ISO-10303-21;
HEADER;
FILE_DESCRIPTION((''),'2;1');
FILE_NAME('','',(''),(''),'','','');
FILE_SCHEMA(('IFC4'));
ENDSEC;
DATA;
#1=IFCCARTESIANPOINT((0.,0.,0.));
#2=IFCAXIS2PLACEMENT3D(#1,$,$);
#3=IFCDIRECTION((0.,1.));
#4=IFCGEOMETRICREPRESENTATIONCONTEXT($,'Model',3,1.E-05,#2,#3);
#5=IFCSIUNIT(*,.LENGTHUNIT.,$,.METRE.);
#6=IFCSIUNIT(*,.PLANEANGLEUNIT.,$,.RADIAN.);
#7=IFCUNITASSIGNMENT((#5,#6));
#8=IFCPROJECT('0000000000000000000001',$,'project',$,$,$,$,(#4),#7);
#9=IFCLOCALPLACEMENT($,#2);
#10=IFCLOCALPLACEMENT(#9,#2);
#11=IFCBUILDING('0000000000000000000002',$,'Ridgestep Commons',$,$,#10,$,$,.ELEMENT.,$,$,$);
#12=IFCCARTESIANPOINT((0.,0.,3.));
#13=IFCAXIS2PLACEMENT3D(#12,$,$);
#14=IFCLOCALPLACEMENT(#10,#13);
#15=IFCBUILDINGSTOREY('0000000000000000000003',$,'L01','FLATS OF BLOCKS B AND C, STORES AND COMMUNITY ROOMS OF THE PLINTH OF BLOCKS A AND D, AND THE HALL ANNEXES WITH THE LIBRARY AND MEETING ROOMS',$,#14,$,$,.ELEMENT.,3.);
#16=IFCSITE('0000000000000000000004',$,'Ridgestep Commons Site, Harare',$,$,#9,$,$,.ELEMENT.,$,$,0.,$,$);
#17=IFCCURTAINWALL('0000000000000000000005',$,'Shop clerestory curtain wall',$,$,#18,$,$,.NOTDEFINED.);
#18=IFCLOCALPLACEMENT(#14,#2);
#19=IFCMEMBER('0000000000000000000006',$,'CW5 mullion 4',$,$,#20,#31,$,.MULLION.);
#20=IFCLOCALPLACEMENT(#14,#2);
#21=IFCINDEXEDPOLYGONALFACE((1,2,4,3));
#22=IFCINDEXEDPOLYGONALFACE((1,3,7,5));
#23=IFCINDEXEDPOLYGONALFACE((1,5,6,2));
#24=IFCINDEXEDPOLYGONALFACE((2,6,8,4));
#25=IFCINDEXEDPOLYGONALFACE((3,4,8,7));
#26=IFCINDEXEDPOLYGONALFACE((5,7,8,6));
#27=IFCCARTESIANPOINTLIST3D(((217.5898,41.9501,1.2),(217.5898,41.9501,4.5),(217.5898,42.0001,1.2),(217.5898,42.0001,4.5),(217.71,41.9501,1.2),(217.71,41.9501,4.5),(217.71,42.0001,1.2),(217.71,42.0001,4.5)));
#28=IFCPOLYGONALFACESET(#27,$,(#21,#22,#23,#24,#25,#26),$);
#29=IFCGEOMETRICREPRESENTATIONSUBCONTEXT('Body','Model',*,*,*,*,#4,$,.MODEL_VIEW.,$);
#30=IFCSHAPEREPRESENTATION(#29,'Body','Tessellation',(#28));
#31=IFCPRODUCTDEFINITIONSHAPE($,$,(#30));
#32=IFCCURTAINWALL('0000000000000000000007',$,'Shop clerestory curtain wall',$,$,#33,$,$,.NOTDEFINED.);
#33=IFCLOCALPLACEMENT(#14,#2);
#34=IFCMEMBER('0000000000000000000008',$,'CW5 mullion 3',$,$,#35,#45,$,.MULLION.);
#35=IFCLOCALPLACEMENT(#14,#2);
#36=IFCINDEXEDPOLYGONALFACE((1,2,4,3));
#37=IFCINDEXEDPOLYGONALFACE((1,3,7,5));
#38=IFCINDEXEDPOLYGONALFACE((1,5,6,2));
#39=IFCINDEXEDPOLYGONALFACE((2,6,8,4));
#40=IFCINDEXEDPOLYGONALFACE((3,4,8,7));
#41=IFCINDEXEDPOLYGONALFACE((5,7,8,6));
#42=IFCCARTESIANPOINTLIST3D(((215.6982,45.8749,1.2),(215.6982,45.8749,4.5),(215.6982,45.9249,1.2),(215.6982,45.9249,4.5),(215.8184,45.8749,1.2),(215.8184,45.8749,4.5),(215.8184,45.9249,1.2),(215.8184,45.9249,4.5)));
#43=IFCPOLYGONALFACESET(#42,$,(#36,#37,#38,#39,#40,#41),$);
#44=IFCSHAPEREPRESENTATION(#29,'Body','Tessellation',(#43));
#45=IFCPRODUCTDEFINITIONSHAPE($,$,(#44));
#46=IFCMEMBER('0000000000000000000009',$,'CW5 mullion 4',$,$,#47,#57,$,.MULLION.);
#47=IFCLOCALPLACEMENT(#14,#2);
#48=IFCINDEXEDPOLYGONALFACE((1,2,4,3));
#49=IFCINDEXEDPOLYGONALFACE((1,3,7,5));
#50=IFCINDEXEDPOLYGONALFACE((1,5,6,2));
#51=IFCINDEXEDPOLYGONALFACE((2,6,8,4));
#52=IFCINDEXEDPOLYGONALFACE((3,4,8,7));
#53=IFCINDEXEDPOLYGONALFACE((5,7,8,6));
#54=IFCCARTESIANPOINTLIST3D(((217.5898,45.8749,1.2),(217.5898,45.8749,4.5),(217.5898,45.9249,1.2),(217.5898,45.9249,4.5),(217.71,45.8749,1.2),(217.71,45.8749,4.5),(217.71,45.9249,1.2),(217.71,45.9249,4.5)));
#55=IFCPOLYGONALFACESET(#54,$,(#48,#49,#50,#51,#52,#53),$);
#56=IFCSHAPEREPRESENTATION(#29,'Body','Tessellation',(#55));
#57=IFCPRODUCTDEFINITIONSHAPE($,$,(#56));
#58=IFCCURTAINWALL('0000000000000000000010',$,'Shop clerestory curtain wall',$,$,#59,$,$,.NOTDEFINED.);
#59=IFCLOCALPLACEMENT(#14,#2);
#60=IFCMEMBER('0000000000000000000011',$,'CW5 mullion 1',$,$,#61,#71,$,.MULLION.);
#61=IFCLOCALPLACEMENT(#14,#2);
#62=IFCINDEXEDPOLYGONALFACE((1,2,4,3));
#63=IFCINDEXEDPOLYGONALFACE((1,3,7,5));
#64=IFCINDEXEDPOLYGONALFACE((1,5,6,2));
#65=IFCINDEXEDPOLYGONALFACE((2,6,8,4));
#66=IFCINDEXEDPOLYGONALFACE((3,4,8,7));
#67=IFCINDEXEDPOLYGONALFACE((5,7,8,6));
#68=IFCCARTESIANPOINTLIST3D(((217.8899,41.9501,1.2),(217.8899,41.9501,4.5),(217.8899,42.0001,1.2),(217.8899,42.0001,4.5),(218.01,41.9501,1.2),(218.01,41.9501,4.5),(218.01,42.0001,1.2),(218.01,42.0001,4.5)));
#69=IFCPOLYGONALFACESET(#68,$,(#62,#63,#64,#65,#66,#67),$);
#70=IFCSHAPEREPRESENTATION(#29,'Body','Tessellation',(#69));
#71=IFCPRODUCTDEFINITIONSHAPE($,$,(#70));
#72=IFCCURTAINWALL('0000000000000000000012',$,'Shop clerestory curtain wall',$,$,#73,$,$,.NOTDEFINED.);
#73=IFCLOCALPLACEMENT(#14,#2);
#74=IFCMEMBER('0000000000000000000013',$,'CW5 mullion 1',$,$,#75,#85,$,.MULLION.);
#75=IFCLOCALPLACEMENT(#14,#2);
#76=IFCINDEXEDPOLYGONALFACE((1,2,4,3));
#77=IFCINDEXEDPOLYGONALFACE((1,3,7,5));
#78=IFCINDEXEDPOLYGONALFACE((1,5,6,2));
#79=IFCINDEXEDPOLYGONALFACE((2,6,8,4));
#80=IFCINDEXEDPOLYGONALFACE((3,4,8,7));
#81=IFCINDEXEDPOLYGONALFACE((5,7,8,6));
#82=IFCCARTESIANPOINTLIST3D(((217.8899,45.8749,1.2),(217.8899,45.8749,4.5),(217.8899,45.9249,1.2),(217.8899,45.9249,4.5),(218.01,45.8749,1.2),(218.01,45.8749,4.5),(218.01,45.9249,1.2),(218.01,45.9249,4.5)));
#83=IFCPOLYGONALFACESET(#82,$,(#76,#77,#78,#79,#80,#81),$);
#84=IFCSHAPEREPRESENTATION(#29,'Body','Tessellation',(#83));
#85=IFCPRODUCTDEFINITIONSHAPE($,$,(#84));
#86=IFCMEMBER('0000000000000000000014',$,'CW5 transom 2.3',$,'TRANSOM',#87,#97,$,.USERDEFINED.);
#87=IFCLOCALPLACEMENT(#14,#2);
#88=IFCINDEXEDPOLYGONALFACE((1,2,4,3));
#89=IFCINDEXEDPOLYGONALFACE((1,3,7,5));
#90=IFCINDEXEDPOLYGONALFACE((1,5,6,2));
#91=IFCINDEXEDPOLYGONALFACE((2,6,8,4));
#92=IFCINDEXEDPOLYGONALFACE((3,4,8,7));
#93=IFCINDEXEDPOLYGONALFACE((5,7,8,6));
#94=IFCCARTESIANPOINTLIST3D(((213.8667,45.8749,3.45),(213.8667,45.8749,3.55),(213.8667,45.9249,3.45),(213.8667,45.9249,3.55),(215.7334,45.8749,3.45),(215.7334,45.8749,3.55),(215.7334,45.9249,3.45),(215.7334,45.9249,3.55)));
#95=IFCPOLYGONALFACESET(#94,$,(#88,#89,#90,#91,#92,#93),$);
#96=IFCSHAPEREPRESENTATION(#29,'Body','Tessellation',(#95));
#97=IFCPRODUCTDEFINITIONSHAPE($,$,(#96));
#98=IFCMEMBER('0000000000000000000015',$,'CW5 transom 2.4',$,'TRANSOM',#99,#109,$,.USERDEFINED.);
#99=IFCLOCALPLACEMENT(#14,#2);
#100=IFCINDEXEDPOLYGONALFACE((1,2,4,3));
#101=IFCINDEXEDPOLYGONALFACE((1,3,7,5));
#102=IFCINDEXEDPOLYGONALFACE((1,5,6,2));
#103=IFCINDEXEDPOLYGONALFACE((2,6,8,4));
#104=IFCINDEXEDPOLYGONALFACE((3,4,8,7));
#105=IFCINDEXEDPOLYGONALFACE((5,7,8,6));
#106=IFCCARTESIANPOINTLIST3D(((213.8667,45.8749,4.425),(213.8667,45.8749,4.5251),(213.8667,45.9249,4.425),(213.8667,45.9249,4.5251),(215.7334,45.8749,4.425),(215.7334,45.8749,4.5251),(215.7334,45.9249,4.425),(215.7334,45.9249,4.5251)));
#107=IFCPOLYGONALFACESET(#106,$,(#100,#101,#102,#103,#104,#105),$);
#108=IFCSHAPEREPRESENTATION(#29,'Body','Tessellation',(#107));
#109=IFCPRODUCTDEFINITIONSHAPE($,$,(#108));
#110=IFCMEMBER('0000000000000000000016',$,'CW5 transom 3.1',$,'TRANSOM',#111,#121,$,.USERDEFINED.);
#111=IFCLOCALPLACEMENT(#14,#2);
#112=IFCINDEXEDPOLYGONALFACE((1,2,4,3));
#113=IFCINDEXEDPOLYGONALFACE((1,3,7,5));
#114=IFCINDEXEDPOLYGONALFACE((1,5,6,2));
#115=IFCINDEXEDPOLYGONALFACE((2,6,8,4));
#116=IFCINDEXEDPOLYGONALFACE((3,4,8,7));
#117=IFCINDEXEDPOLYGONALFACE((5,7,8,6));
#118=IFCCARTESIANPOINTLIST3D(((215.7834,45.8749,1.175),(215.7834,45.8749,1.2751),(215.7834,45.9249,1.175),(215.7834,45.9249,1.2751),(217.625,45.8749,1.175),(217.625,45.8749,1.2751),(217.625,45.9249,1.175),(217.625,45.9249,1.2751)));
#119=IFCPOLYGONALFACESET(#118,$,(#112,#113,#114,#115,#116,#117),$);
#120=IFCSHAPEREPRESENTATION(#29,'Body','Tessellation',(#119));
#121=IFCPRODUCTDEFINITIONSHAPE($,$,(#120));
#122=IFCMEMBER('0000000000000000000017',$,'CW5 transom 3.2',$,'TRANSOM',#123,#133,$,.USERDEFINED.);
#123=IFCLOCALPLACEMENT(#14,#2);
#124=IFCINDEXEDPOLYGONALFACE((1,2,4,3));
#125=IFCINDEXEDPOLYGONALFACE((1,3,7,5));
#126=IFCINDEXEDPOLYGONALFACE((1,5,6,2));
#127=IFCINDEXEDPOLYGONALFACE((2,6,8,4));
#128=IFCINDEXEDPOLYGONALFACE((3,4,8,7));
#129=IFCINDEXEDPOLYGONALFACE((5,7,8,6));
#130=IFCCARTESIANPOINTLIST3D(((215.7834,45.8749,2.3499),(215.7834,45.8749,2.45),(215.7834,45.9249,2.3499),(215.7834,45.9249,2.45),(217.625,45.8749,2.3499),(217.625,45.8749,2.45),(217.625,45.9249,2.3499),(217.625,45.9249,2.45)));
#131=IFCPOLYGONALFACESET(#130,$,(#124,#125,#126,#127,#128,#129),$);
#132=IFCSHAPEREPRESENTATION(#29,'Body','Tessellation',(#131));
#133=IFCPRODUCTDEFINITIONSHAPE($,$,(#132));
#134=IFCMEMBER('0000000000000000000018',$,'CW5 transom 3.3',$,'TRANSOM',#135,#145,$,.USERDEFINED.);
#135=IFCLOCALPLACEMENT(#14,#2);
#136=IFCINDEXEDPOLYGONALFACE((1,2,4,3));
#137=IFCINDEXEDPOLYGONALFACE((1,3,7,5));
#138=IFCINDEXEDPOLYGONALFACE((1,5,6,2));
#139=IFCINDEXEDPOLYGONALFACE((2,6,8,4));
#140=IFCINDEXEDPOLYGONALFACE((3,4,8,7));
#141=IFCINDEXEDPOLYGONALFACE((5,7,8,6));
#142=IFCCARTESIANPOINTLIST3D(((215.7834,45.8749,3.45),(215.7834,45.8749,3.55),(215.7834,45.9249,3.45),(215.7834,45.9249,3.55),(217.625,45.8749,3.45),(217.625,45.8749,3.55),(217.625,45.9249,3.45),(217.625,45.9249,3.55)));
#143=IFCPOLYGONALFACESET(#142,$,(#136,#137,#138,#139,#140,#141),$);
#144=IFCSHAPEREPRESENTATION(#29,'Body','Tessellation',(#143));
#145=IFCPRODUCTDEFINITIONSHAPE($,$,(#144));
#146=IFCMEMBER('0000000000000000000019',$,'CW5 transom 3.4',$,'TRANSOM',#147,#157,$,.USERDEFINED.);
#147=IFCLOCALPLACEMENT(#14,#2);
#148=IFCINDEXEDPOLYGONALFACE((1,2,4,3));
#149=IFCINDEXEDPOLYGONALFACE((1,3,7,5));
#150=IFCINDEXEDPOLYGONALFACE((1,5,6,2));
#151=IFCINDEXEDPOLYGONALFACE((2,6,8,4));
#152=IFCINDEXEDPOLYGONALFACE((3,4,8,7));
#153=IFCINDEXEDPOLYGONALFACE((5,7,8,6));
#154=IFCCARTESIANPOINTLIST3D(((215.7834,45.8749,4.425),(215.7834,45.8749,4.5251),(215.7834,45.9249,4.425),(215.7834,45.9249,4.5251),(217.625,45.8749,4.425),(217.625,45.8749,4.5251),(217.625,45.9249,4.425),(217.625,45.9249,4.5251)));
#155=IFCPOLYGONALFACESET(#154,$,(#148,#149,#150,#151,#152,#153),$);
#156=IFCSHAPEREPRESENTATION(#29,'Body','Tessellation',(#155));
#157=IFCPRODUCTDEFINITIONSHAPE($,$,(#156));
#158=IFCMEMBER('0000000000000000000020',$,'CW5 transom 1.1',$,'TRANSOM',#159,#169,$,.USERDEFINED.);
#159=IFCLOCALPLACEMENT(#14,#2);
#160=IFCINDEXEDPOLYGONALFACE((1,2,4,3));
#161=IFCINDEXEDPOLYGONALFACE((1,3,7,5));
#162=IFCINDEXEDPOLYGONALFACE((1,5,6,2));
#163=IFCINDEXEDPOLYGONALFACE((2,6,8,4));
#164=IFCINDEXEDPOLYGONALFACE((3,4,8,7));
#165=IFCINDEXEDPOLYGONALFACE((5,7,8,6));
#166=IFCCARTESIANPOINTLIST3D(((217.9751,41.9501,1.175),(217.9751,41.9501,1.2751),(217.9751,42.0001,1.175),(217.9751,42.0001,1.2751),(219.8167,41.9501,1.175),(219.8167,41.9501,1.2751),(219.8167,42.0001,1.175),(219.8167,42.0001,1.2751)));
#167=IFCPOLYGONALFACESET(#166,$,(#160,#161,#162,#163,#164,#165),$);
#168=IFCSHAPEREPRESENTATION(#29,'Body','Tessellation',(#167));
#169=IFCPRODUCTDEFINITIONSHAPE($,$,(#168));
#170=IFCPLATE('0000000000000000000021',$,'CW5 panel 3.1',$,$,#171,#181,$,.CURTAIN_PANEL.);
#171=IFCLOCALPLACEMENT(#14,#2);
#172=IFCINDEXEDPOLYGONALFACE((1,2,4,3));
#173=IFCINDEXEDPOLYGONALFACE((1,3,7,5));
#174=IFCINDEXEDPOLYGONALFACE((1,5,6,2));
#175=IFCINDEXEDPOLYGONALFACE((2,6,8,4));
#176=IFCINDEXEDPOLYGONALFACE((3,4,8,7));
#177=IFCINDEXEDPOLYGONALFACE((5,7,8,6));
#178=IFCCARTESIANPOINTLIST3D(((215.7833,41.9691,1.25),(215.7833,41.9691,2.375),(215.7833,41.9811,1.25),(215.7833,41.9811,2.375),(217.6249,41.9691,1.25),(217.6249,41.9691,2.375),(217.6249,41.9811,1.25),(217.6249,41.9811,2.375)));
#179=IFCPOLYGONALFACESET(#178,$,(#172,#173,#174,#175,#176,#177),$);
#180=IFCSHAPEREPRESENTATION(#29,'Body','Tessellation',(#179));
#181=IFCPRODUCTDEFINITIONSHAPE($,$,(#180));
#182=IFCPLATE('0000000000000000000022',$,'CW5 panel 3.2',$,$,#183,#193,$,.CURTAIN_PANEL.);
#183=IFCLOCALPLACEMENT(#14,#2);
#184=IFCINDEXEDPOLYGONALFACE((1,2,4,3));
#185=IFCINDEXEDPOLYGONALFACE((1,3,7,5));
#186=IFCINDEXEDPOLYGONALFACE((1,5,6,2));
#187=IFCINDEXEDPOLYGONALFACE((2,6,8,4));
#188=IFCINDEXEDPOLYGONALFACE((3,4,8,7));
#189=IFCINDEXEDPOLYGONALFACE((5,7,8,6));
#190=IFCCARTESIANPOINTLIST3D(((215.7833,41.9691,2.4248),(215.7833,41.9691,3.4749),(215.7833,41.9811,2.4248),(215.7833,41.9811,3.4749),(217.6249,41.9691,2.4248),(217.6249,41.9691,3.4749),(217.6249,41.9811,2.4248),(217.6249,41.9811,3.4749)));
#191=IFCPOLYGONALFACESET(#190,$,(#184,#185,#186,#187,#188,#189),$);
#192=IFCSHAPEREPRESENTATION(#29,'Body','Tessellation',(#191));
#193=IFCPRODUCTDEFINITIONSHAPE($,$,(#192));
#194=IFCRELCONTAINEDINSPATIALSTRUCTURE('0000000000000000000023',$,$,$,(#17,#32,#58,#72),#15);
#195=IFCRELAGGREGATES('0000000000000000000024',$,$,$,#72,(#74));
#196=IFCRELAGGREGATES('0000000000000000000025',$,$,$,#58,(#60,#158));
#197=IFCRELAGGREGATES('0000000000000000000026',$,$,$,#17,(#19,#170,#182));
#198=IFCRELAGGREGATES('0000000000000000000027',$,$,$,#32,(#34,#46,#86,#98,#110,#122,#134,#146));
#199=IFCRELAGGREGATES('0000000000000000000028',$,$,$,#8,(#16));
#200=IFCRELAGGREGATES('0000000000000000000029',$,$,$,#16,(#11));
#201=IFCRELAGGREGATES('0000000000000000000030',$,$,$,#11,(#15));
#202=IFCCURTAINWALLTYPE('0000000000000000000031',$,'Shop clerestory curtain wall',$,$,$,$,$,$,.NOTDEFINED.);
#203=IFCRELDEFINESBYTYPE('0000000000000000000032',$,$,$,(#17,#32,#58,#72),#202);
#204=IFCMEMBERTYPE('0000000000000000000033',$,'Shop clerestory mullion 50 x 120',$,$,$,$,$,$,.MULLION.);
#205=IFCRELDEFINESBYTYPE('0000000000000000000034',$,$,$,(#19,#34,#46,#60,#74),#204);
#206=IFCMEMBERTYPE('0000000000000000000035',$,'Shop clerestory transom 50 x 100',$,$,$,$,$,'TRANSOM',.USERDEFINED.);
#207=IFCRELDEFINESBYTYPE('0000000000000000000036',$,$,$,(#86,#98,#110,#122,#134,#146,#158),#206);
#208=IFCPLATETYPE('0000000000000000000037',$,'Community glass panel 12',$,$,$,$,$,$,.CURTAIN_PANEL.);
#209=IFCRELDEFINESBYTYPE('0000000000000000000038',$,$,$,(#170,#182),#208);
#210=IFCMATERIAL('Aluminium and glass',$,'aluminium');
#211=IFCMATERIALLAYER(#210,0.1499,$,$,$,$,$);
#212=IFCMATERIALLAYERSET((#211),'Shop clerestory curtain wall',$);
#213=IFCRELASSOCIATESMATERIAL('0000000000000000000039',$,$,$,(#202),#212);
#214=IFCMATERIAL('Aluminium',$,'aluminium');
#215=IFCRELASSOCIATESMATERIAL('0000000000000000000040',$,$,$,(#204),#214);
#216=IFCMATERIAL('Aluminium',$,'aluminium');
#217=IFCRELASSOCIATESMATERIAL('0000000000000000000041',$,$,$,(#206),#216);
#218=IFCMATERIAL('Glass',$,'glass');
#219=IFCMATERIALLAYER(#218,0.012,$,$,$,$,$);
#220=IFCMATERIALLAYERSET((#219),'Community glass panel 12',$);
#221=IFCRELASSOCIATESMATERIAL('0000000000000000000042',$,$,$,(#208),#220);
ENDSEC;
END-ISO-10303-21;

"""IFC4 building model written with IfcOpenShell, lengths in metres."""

from ifc_helpers import new_model, si_unit, direction, frame, origin, origin_2d, place, context, subcontext, project, spatial, rectangle, extrude, material, layer, layer_set, material_profile, profile_set, type_object, element, aggregate, save


model = new_model("IFC4")

# Units and contexts
model_context = context("Model", 3, precision=1e-05, world=origin(), true_north=direction((0.0, 1.0)))
body_context = subcontext(model_context, "Body", "Model", "MODEL_VIEW")
ifc_project = project(units=[si_unit("LENGTHUNIT", "METRE"), si_unit("PLANEANGLEUNIT", "RADIAN")], contexts=[model_context])

# Site, building, storey
site_placement = place(None, origin())
site = spatial("IfcSite", under=ifc_project, at=site_placement, Name="Ridgestep Commons Site, Harare", CompositionType="ELEMENT", RefElevation=0.0)
building_placement = place(site_placement, origin())
building = spatial("IfcBuilding", under=site, at=building_placement, Name="Ridgestep Commons", CompositionType="ELEMENT")
storey_placement = place(building_placement, frame((0.0, 0.0, 3.0)))
storey = spatial("IfcBuildingStorey", under=building, at=storey_placement, Name="L01", Description="FLATS OF BLOCKS B AND C, STORES AND COMMUNITY ROOMS OF THE PLINTH OF BLOCKS A AND D, AND THE HALL ANNEXES WITH THE LIBRARY AND MEETING ROOMS", CompositionType="ELEMENT", Elevation=3.0)

# Curtain wall, member
ifc_material_1 = material(Name="Aluminium and glass", Category="aluminium")
ifc_layer_1 = layer(ifc_material_1, 0.1499)
ifc_layer_set_1 = layer_set([ifc_layer_1], Name="Shop clerestory curtain wall")
curtain_wall_type = type_object("IfcCurtainWallType", Name="Shop clerestory curtain wall", PredefinedType="NOTDEFINED", material=ifc_layer_set_1)
curtain_wall_1_placement = place(storey_placement, origin())
curtain_wall_1 = element("IfcCurtainWall", 1, at=curtain_wall_1_placement, inside=storey, type_object=curtain_wall_type, Name="Shop clerestory curtain wall", PredefinedType="NOTDEFINED")
ifc_material_2 = material(Name="Aluminium", Category="aluminium")
ifc_material_profile_1 = material_profile(ifc_material_2, rectangle(XDim=0.05, YDim=0.1201, at=origin_2d()), Name="Shop clerestory mullion 50 x 120")
ifc_profile_set_1 = profile_set([ifc_material_profile_1], Name="Aluminium")
member_type_1 = type_object("IfcMemberType", Name="Shop clerestory mullion 50 x 120", PredefinedType="MULLION", material=ifc_profile_set_1)
member_1_placement = place(storey_placement, frame((217.6499, 41.9751, 1.2), z_axis=(0.0, 0.0, 1.0), x_axis=(0.0, 1.0, 0.0)))
member_1 = element("IfcMember", 2, at=member_1_placement, type_object=member_type_1, Name="CW5 mullion 4", PredefinedType="MULLION", context=body_context, shape_type="SweptSolid", body=[
    extrude(rectangle(XDim=0.05, YDim=0.1201, at=origin_2d()), origin(), (0.0, 0.0, 1.0), 3.3),
])

# Curtain wall, members
curtain_wall_2_placement = place(storey_placement, origin())
curtain_wall_2 = element("IfcCurtainWall", 3, at=curtain_wall_2_placement, inside=storey, type_object=curtain_wall_type, Name="Shop clerestory curtain wall", PredefinedType="NOTDEFINED")
member_2_placement = place(storey_placement, frame((215.7583, 45.8999, 1.2), z_axis=(0.0, 0.0, 1.0), x_axis=(0.0, 1.0, 0.0)))
member_2 = element("IfcMember", 4, at=member_2_placement, type_object=member_type_1, Name="CW5 mullion 3", PredefinedType="MULLION", context=body_context, shape_type="SweptSolid", body=[
    extrude(rectangle(XDim=0.05, YDim=0.1201, at=origin_2d()), origin(), (0.0, 0.0, 1.0), 3.3),
])
member_3_placement = place(storey_placement, frame((217.6499, 45.8999, 1.2), z_axis=(0.0, 0.0, 1.0), x_axis=(0.0, 1.0, 0.0)))
member_3 = element("IfcMember", 5, at=member_3_placement, type_object=member_type_1, Name="CW5 mullion 4", PredefinedType="MULLION", context=body_context, shape_type="SweptSolid", body=[
    extrude(rectangle(XDim=0.05, YDim=0.1201, at=origin_2d()), origin(), (0.0, 0.0, 1.0), 3.3),
])

# Curtain walls, members
curtain_wall_3_placement = place(storey_placement, origin())
curtain_wall_3 = element("IfcCurtainWall", 6, at=curtain_wall_3_placement, inside=storey, type_object=curtain_wall_type, Name="Shop clerestory curtain wall", PredefinedType="NOTDEFINED")
member_4_placement = place(storey_placement, frame((217.95, 41.9751, 1.2), z_axis=(0.0, 0.0, 1.0), x_axis=(0.0, 1.0, 0.0)))
member_4 = element("IfcMember", 7, at=member_4_placement, type_object=member_type_1, Name="CW5 mullion 1", PredefinedType="MULLION", context=body_context, shape_type="SweptSolid", body=[
    extrude(rectangle(XDim=0.05, YDim=0.1201, at=origin_2d()), origin(), (0.0, 0.0, 1.0), 3.3),
])
curtain_wall_4_placement = place(storey_placement, origin())
curtain_wall_4 = element("IfcCurtainWall", 8, at=curtain_wall_4_placement, inside=storey, type_object=curtain_wall_type, Name="Shop clerestory curtain wall", PredefinedType="NOTDEFINED")
member_5_placement = place(storey_placement, frame((217.95, 45.8999, 1.2), z_axis=(0.0, 0.0, 1.0), x_axis=(0.0, 1.0, 0.0)))
member_5 = element("IfcMember", 9, at=member_5_placement, type_object=member_type_1, Name="CW5 mullion 1", PredefinedType="MULLION", context=body_context, shape_type="SweptSolid", body=[
    extrude(rectangle(XDim=0.05, YDim=0.1201, at=origin_2d()), origin(), (0.0, 0.0, 1.0), 3.3),
])
aggregate(curtain_wall_4, [member_5])

# Members
ifc_material_3 = material(Name="Aluminium", Category="aluminium")
ifc_material_profile_2 = material_profile(ifc_material_3, rectangle(XDim=0.05, YDim=0.1001, at=origin_2d()), Name="Shop clerestory transom 50 x 100")
ifc_profile_set_2 = profile_set([ifc_material_profile_2], Name="Aluminium")
member_type_2 = type_object("IfcMemberType", Name="Shop clerestory transom 50 x 100", ElementType="TRANSOM", PredefinedType="USERDEFINED", material=ifc_profile_set_2)
member_6_placement = place(storey_placement, frame((213.8667, 45.8999, 3.5), z_axis=(1.0, 0.0, 0.0), x_axis=(0.0, 1.0, 0.0)))
member_6 = element("IfcMember", 10, at=member_6_placement, type_object=member_type_2, Name="CW5 transom 2.3", ObjectType="TRANSOM", PredefinedType="USERDEFINED", context=body_context, shape_type="SweptSolid", body=[
    extrude(rectangle(XDim=0.05, YDim=0.1001, at=origin_2d()), origin(), (0.0, 0.0, 1.0), 1.8667),
])
member_7_placement = place(storey_placement, frame((213.8667, 45.8999, 4.4751), z_axis=(1.0, 0.0, 0.0), x_axis=(0.0, 1.0, 0.0)))
member_7 = element("IfcMember", 11, at=member_7_placement, type_object=member_type_2, Name="CW5 transom 2.4", ObjectType="TRANSOM", PredefinedType="USERDEFINED", context=body_context, shape_type="SweptSolid", body=[
    extrude(rectangle(XDim=0.05, YDim=0.1001, at=origin_2d()), origin(), (0.0, 0.0, 1.0), 1.8667),
])
member_8_placement = place(storey_placement, frame((215.7834, 45.8999, 1.2251), z_axis=(1.0, 0.0, 0.0), x_axis=(0.0, 1.0, 0.0)))
member_8 = element("IfcMember", 12, at=member_8_placement, type_object=member_type_2, Name="CW5 transom 3.1", ObjectType="TRANSOM", PredefinedType="USERDEFINED", context=body_context, shape_type="SweptSolid", body=[
    extrude(rectangle(XDim=0.05, YDim=0.1001, at=origin_2d()), origin(), (0.0, 0.0, 1.0), 1.8416),
])
member_9_placement = place(storey_placement, frame((215.7834, 45.8999, 2.3999), z_axis=(1.0, 0.0, 0.0), x_axis=(0.0, 1.0, 0.0)))
member_9 = element("IfcMember", 13, at=member_9_placement, type_object=member_type_2, Name="CW5 transom 3.2", ObjectType="TRANSOM", PredefinedType="USERDEFINED", context=body_context, shape_type="SweptSolid", body=[
    extrude(rectangle(XDim=0.05, YDim=0.1001, at=origin_2d()), origin(), (0.0, 0.0, 1.0), 1.8416),
])
member_10_placement = place(storey_placement, frame((215.7834, 45.8999, 3.5), z_axis=(1.0, 0.0, 0.0), x_axis=(0.0, 1.0, 0.0)))
member_10 = element("IfcMember", 14, at=member_10_placement, type_object=member_type_2, Name="CW5 transom 3.3", ObjectType="TRANSOM", PredefinedType="USERDEFINED", context=body_context, shape_type="SweptSolid", body=[
    extrude(rectangle(XDim=0.05, YDim=0.1001, at=origin_2d()), origin(), (0.0, 0.0, 1.0), 1.8416),
])
member_11_placement = place(storey_placement, frame((215.7834, 45.8999, 4.4751), z_axis=(1.0, 0.0, 0.0), x_axis=(0.0, 1.0, 0.0)))
member_11 = element("IfcMember", 15, at=member_11_placement, type_object=member_type_2, Name="CW5 transom 3.4", ObjectType="TRANSOM", PredefinedType="USERDEFINED", context=body_context, shape_type="SweptSolid", body=[
    extrude(rectangle(XDim=0.05, YDim=0.1001, at=origin_2d()), origin(), (0.0, 0.0, 1.0), 1.8416),
])
member_12_placement = place(storey_placement, frame((217.9751, 41.9751, 1.2251), z_axis=(1.0, 0.0, 0.0), x_axis=(0.0, 1.0, 0.0)))
member_12 = element("IfcMember", 16, at=member_12_placement, type_object=member_type_2, Name="CW5 transom 1.1", ObjectType="TRANSOM", PredefinedType="USERDEFINED", context=body_context, shape_type="SweptSolid", body=[
    extrude(rectangle(XDim=0.05, YDim=0.1001, at=origin_2d()), origin(), (0.0, 0.0, 1.0), 1.8416),
])
aggregate(curtain_wall_3, [member_4, member_12])

# Plates
ifc_material_4 = material(Name="Glass", Category="glass")
ifc_layer_2 = layer(ifc_material_4, 0.012)
ifc_layer_set_2 = layer_set([ifc_layer_2], Name="Community glass panel 12")
plate_type = type_object("IfcPlateType", Name="Community glass panel 12", PredefinedType="CURTAIN_PANEL", material=ifc_layer_set_2)
plate_1_placement = place(storey_placement, frame((216.7041, 41.9751, 1.25), z_axis=(0.0, 0.0, 1.0), x_axis=(1.0, 0.0, 0.0)))
plate_1 = element("IfcPlate", 17, at=plate_1_placement, type_object=plate_type, Name="CW5 panel 3.1", PredefinedType="CURTAIN_PANEL", context=body_context, shape_type="SweptSolid", body=[
    extrude(rectangle(XDim=1.8416, YDim=0.012, at=origin_2d()), origin(), (0.0, 0.0, 1.0), 1.125),
])
plate_2_placement = place(storey_placement, frame((216.7041, 41.9751, 2.4248), z_axis=(0.0, 0.0, 1.0), x_axis=(1.0, 0.0, 0.0)))
plate_2 = element("IfcPlate", 18, at=plate_2_placement, type_object=plate_type, Name="CW5 panel 3.2", PredefinedType="CURTAIN_PANEL", context=body_context, shape_type="SweptSolid", body=[
    extrude(rectangle(XDim=1.8416, YDim=0.012, at=origin_2d()), origin(), (0.0, 0.0, 1.0), 1.05),
])
aggregate(curtain_wall_1, [member_1, plate_1, plate_2])
aggregate(curtain_wall_2, [member_2, member_3, member_6, member_7, member_8, member_9, member_10, member_11])

save(model, "model.ifc")
